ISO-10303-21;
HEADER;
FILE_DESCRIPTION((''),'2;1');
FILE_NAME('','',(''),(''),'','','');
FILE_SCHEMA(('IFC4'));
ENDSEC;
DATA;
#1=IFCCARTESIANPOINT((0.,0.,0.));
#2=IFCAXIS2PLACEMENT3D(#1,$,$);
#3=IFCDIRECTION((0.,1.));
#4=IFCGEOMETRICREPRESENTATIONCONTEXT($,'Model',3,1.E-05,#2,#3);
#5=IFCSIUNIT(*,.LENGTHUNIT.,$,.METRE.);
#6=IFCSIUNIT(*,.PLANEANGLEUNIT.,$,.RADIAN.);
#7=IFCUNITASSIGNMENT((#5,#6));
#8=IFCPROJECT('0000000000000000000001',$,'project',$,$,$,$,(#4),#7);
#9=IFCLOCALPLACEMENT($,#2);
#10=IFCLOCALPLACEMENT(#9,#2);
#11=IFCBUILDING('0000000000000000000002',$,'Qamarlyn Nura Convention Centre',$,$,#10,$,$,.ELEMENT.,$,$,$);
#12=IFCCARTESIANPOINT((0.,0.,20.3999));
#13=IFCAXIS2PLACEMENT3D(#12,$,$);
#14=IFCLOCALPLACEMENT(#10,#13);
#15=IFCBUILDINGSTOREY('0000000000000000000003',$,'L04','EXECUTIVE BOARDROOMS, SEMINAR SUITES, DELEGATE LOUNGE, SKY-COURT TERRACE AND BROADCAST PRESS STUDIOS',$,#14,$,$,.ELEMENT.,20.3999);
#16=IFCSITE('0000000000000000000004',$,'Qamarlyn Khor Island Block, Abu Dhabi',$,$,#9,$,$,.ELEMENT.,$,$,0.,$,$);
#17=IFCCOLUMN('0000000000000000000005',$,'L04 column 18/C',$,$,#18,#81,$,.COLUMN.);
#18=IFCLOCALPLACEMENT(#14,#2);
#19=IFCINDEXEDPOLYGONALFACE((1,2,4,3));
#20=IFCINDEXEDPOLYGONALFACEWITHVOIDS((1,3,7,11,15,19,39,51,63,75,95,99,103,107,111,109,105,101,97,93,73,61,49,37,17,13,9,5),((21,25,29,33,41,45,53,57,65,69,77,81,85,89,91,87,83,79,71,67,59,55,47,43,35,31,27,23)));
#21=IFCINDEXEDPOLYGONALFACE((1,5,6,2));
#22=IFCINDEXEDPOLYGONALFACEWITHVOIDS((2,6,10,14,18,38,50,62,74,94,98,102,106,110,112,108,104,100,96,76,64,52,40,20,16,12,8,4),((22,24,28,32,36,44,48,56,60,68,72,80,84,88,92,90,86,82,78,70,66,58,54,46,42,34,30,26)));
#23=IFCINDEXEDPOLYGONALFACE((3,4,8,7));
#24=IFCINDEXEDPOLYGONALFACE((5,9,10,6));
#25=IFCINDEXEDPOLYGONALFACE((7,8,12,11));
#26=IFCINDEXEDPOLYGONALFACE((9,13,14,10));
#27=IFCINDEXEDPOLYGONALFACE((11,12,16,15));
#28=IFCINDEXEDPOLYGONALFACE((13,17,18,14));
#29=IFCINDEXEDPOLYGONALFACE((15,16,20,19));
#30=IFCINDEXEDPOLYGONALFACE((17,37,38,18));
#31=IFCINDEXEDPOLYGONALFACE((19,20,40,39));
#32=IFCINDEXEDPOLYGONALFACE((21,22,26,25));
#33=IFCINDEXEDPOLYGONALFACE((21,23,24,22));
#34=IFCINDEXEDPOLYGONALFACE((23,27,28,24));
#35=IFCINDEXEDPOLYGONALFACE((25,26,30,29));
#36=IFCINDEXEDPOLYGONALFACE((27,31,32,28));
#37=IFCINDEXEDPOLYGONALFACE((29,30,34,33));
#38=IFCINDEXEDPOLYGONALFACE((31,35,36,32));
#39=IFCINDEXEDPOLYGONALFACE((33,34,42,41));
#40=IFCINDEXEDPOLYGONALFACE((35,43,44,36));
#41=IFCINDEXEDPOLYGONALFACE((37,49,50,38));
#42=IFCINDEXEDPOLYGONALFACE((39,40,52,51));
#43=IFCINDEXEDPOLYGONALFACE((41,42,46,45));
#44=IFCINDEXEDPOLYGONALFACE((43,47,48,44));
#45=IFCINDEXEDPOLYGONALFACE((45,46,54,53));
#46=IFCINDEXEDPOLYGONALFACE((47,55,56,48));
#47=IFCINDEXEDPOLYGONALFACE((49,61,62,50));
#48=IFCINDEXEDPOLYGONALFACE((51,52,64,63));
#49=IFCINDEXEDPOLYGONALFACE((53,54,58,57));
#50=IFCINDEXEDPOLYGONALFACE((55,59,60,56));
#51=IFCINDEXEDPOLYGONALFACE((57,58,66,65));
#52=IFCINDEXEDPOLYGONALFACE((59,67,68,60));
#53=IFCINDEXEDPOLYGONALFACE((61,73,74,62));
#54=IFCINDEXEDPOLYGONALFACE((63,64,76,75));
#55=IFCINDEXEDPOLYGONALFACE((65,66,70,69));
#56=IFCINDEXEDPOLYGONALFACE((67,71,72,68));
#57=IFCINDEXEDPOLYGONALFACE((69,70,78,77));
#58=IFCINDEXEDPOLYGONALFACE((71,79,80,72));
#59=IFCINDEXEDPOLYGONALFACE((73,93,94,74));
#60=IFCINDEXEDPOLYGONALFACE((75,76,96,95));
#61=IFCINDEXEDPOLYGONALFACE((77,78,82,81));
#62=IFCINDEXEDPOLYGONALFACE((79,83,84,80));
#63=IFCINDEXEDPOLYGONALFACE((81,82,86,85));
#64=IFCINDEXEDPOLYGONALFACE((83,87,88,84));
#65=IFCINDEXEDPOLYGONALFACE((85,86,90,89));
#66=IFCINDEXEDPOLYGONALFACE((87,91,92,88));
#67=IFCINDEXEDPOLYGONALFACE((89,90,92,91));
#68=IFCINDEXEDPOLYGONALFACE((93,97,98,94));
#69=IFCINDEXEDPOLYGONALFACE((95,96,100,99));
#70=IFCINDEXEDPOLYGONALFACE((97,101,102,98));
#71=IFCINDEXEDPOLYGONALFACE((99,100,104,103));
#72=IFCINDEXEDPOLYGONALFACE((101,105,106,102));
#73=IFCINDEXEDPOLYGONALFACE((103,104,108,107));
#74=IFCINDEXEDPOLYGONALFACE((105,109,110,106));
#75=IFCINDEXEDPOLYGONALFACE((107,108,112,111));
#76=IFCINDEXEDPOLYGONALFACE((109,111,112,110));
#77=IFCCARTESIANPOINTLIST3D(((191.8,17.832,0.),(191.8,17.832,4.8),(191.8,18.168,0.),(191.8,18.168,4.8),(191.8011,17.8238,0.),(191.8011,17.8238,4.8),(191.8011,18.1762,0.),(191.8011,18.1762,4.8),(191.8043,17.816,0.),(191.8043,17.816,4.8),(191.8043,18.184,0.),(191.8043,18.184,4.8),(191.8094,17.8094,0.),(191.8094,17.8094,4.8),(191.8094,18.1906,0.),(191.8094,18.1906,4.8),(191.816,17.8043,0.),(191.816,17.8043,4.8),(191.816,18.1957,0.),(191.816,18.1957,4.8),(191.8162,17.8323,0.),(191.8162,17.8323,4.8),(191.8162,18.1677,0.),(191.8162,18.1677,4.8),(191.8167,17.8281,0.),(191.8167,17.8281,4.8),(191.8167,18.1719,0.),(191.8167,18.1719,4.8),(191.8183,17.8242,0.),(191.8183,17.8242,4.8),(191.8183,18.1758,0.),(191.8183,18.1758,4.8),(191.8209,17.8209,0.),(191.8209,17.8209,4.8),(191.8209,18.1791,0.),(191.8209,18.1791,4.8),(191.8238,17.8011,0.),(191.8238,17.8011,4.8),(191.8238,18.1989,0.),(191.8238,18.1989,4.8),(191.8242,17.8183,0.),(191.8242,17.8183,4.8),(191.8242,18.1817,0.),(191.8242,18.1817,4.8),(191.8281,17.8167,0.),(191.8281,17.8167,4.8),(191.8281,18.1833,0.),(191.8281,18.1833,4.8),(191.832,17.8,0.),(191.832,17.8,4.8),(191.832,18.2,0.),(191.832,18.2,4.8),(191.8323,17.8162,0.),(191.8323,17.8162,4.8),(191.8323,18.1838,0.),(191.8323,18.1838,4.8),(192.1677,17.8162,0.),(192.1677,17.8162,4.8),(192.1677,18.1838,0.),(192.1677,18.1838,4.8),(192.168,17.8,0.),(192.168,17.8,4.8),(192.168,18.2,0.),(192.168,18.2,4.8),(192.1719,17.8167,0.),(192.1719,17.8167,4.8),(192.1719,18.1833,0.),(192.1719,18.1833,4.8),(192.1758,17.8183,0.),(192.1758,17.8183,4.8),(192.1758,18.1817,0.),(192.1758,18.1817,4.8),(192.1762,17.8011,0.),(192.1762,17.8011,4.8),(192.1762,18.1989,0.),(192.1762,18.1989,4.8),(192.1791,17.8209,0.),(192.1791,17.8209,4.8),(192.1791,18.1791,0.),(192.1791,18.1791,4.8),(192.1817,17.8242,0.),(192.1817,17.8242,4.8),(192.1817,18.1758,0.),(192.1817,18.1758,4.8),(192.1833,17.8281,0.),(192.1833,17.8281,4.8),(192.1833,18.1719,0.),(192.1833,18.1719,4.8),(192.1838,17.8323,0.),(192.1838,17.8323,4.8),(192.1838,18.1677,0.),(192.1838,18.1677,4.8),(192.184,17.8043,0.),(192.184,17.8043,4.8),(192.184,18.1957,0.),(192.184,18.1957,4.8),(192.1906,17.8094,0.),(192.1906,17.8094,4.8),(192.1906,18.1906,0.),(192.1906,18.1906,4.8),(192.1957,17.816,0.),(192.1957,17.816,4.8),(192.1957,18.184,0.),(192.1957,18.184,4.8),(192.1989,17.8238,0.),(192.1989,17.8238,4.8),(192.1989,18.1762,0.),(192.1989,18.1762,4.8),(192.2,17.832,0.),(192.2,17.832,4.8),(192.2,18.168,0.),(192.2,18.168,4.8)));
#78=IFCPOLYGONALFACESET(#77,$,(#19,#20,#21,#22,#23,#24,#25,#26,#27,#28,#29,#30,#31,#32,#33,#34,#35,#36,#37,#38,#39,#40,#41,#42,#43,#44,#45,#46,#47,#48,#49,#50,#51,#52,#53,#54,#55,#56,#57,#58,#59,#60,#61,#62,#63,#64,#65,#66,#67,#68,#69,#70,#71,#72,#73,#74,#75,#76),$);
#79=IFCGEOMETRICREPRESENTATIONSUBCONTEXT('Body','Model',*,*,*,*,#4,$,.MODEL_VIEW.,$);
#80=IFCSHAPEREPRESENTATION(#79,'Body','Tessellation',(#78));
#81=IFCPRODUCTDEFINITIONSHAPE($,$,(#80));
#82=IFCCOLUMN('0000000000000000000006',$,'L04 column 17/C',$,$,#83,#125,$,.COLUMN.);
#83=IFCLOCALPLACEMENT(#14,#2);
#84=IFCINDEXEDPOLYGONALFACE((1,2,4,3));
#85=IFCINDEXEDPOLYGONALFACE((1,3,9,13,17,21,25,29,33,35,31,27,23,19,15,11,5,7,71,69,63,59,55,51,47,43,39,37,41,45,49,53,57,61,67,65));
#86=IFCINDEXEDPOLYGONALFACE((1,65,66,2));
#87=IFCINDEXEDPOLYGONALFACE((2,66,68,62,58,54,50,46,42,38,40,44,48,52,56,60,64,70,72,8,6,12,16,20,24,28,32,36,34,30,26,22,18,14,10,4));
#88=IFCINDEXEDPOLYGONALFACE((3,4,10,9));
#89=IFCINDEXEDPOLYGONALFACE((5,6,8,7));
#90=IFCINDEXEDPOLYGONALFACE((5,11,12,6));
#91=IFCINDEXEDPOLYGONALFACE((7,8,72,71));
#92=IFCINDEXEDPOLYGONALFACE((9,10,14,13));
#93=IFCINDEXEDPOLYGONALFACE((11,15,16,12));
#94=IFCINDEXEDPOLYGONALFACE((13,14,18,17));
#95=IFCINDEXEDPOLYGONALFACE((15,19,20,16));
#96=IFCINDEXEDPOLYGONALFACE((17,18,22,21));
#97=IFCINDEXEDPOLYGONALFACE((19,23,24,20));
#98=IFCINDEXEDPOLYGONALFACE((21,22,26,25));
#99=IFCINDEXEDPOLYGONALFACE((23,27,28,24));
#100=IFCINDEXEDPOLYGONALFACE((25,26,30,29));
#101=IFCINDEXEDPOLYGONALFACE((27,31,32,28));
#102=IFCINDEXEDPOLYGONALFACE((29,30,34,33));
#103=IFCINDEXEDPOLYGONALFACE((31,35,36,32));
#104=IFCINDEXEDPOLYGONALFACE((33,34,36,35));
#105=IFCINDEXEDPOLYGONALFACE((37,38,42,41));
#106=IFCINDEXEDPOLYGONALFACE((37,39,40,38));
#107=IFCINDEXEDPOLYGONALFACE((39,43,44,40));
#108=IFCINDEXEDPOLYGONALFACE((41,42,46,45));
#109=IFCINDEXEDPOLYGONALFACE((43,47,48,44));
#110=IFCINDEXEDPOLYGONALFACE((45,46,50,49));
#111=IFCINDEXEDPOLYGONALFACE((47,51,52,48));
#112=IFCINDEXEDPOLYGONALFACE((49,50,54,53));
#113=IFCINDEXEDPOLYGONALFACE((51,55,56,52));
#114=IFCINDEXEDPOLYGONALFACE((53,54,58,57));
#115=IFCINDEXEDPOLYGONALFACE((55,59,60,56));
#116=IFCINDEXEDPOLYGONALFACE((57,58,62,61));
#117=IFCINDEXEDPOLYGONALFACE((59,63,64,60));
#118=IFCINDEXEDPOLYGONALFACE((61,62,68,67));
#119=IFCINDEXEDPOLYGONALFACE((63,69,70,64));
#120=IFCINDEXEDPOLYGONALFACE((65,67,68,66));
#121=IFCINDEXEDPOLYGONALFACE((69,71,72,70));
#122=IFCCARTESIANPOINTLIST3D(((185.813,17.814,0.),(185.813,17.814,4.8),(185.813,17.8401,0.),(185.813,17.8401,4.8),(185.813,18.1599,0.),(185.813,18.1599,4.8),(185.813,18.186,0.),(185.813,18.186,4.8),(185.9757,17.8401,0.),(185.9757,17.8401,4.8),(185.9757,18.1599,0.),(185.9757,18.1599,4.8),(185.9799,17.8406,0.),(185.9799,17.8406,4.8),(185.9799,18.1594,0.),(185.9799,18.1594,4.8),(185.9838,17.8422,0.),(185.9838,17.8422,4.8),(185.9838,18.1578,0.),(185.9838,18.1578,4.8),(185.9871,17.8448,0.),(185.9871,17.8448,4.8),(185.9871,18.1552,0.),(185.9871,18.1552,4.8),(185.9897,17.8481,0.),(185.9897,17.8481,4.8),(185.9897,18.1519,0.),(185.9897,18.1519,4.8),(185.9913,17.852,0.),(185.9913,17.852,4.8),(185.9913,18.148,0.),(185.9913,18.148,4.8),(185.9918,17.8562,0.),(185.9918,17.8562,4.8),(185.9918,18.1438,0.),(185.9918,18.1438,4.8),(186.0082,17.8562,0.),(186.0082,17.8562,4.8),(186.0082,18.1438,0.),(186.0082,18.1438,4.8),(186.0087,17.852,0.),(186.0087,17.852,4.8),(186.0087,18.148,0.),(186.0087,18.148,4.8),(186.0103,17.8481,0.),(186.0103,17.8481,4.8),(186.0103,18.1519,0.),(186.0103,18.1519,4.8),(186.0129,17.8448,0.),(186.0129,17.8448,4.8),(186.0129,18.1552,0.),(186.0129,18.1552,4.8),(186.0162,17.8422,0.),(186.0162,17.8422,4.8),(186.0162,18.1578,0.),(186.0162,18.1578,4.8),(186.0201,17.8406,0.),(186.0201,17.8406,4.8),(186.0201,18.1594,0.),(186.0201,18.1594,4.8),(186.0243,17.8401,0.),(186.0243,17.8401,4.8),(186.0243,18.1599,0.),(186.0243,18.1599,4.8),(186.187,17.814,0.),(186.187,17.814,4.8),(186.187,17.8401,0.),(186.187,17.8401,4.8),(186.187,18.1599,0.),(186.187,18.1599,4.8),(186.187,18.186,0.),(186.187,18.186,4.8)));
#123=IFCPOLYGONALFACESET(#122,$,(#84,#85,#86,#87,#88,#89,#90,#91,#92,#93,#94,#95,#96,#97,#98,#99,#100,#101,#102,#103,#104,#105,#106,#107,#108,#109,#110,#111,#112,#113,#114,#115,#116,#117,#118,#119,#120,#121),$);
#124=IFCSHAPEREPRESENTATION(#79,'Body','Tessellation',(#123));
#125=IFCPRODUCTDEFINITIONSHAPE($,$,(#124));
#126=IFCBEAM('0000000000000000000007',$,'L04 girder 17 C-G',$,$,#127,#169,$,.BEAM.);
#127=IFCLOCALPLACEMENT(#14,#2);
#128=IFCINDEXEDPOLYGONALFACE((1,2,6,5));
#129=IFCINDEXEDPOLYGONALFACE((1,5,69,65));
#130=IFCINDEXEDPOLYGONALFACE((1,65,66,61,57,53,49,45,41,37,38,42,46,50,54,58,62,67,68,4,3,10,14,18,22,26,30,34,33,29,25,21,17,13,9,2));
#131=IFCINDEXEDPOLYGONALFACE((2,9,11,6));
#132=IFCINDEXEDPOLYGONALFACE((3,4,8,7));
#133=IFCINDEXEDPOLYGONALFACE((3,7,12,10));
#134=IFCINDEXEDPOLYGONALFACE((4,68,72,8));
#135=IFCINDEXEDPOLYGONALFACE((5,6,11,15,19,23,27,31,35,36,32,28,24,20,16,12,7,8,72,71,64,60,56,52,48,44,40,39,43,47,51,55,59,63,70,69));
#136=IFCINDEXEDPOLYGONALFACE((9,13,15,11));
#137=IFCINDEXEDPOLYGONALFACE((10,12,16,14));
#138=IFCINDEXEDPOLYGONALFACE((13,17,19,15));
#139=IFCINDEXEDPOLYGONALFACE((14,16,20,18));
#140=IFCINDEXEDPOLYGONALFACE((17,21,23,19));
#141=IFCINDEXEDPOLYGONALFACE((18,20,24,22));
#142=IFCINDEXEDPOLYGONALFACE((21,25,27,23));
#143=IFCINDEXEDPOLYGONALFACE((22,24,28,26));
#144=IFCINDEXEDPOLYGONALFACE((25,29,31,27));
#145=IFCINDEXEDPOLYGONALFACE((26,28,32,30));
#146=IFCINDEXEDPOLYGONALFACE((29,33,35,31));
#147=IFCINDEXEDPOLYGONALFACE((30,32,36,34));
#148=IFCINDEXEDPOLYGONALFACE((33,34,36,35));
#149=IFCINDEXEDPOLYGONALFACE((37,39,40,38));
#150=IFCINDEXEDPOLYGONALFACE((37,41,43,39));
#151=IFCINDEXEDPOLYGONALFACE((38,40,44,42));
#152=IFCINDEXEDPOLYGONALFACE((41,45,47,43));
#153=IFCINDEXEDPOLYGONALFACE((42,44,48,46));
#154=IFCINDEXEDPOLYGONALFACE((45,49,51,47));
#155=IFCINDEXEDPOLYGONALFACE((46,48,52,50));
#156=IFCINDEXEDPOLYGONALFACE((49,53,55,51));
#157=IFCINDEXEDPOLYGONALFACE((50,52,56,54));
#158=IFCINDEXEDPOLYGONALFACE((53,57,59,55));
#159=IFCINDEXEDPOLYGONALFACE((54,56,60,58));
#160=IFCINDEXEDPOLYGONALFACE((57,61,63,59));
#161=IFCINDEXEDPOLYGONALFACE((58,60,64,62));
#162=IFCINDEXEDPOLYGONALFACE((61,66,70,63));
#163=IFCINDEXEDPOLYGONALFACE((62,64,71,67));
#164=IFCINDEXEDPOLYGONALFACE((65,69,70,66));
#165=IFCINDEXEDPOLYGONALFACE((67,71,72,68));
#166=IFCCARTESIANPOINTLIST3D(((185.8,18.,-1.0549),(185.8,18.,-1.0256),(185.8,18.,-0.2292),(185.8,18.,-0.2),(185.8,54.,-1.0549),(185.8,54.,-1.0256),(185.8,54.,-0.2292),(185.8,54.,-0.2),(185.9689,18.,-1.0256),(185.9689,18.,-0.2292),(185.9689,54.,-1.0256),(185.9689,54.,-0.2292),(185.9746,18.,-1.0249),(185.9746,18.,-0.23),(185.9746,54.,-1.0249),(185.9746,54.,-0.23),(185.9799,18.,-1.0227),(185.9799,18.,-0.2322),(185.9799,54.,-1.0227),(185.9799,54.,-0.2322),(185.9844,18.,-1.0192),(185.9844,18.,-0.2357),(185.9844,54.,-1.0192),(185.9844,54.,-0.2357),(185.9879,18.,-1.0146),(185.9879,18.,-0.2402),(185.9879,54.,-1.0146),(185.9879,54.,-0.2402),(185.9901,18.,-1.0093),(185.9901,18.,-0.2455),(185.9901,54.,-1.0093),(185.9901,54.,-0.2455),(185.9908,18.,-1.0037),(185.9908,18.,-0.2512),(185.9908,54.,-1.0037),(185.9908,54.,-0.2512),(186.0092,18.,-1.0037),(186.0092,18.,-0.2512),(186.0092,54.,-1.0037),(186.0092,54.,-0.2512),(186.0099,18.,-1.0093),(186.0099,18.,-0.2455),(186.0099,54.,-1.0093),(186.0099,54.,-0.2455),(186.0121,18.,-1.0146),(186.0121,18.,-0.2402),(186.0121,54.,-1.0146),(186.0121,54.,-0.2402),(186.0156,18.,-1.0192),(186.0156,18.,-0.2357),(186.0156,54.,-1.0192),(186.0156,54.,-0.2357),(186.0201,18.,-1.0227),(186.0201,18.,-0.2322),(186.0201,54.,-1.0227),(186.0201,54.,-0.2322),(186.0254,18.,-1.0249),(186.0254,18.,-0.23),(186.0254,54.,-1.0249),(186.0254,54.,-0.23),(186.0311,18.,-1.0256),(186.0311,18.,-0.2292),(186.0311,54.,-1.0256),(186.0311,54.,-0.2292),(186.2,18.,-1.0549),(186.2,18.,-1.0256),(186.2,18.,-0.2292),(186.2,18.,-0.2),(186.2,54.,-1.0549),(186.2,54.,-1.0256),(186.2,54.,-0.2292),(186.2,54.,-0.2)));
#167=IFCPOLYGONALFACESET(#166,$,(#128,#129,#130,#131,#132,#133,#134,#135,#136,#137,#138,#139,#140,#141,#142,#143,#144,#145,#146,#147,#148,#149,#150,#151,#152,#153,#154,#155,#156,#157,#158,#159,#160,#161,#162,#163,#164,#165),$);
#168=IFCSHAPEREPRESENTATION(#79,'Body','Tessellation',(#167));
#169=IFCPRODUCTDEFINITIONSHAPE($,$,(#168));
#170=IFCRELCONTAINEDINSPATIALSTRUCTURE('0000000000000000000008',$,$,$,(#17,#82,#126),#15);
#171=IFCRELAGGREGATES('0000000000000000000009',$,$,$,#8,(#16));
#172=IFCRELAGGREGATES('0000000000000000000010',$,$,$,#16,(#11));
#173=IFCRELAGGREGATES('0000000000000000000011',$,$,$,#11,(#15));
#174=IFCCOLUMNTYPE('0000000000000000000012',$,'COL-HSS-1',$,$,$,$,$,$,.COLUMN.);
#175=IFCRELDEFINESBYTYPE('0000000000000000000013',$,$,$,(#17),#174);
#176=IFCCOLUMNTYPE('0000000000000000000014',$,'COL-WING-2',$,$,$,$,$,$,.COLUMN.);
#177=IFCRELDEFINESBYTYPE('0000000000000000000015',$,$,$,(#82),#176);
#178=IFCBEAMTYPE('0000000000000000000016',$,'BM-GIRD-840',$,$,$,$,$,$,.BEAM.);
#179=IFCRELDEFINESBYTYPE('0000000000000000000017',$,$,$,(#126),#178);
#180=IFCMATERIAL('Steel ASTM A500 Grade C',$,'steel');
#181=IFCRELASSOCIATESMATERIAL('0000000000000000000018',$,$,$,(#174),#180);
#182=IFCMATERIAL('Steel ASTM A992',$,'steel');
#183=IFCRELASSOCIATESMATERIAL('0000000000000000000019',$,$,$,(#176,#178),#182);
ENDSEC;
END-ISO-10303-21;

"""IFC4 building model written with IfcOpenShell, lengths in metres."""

from ifc_helpers import new_model, si_unit, direction, frame, origin, origin_2d, place, context, subcontext, project, spatial, hollow_rectangle, i_section, extrude, material, material_profile, profile_set, type_object, element, save


model = new_model("IFC4")

# Units and contexts
model_context = context("Model", 3, precision=1e-05, world=origin(), true_north=direction((0.0, 1.0)))
body_context = subcontext(model_context, "Body", "Model", "MODEL_VIEW")
ifc_project = project(units=[si_unit("LENGTHUNIT", "METRE"), si_unit("PLANEANGLEUNIT", "RADIAN")], contexts=[model_context])

# Site, building, storey
site_placement = place(None, origin())
site = spatial("IfcSite", under=ifc_project, at=site_placement, Name="Qamarlyn Khor Island Block, Abu Dhabi", CompositionType="ELEMENT", RefElevation=0.0)
building_placement = place(site_placement, origin())
building = spatial("IfcBuilding", under=site, at=building_placement, Name="Qamarlyn Nura Convention Centre", CompositionType="ELEMENT")
storey_placement = place(building_placement, frame((0.0, 0.0, 20.3999)))
storey = spatial("IfcBuildingStorey", under=building, at=storey_placement, Name="L04", Description="EXECUTIVE BOARDROOMS, SEMINAR SUITES, DELEGATE LOUNGE, SKY-COURT TERRACE AND BROADCAST PRESS STUDIOS", CompositionType="ELEMENT", Elevation=20.3999)

# Columns
ifc_material_1 = material(Name="Steel ASTM A500 Grade C", Category="steel")
ifc_material_profile_1 = material_profile(ifc_material_1, hollow_rectangle(XDim=0.3999, YDim=0.3999, WallThickness=0.0161, InnerFilletRadius=0.0161, OuterFilletRadius=0.032, at=origin_2d()), Name="HSS400X400X16")
ifc_profile_set_1 = profile_set([ifc_material_profile_1], Name="Steel ASTM A500 Grade C")
column_type_1 = type_object("IfcColumnType", Name="COL-HSS-1", PredefinedType="COLUMN", material=ifc_profile_set_1)
column_1_placement = place(storey_placement, frame((192.0, 18.0, 0.0), z_axis=(0.0, 0.0, 1.0), x_axis=(1.0, 0.0, 0.0)))
element("IfcColumn", 1, at=column_1_placement, inside=storey, type_object=column_type_1, Name="L04 column 18/C", PredefinedType="COLUMN", context=body_context, shape_type="SweptSolid", body=[
    extrude(hollow_rectangle(XDim=0.3999, YDim=0.3999, WallThickness=0.0161, InnerFilletRadius=0.0161, OuterFilletRadius=0.032, at=origin_2d()), origin(), (0.0, 0.0, 1.0), 4.8),
])
ifc_material_2 = material(Name="Steel ASTM A992", Category="steel")
ifc_material_profile_2 = material_profile(ifc_material_2, i_section(OverallWidth=0.374, OverallDepth=0.3721, WebThickness=0.0164, FlangeThickness=0.0261, FilletRadius=0.0161, at=origin_2d()), Name="W360X196")
ifc_profile_set_2 = profile_set([ifc_material_profile_2], Name="Steel ASTM A992")
column_type_2 = type_object("IfcColumnType", Name="COL-WING-2", PredefinedType="COLUMN", material=ifc_profile_set_2)
column_2_placement = place(storey_placement, frame((186.0, 18.0, 0.0), z_axis=(0.0, 0.0, 1.0), x_axis=(1.0, 0.0, 0.0)))
element("IfcColumn", 2, at=column_2_placement, inside=storey, type_object=column_type_2, Name="L04 column 17/C", PredefinedType="COLUMN", context=body_context, shape_type="SweptSolid", body=[
    extrude(i_section(OverallWidth=0.374, OverallDepth=0.3721, WebThickness=0.0164, FlangeThickness=0.0261, FilletRadius=0.0161, at=origin_2d()), origin(), (0.0, 0.0, 1.0), 4.8),
])

# Beam
ifc_material_profile_3 = material_profile(ifc_material_2, i_section(OverallWidth=0.3999, OverallDepth=0.855, WebThickness=0.0183, FlangeThickness=0.0293, FilletRadius=0.022, at=origin_2d()), Name="W840X299")
ifc_profile_set_3 = profile_set([ifc_material_profile_3], Name="Steel ASTM A992")
beam_type_1 = type_object("IfcBeamType", Name="BM-GIRD-840", PredefinedType="BEAM", material=ifc_profile_set_3)
beam_1_placement = place(storey_placement, frame((186.0, 18.0, -0.6274), z_axis=(0.0, 1.0, 0.0), x_axis=(-1.0, 0.0, 0.0)))
element("IfcBeam", 3, at=beam_1_placement, inside=storey, type_object=beam_type_1, Name="L04 girder 17 C-G", PredefinedType="BEAM", context=body_context, shape_type="SweptSolid", body=[
    extrude(i_section(OverallWidth=0.3999, OverallDepth=0.855, WebThickness=0.0183, FlangeThickness=0.0293, FilletRadius=0.022, at=origin_2d()), origin(), (0.0, 0.0, 1.0), 36.0),
])

save(model, "model.ifc")
